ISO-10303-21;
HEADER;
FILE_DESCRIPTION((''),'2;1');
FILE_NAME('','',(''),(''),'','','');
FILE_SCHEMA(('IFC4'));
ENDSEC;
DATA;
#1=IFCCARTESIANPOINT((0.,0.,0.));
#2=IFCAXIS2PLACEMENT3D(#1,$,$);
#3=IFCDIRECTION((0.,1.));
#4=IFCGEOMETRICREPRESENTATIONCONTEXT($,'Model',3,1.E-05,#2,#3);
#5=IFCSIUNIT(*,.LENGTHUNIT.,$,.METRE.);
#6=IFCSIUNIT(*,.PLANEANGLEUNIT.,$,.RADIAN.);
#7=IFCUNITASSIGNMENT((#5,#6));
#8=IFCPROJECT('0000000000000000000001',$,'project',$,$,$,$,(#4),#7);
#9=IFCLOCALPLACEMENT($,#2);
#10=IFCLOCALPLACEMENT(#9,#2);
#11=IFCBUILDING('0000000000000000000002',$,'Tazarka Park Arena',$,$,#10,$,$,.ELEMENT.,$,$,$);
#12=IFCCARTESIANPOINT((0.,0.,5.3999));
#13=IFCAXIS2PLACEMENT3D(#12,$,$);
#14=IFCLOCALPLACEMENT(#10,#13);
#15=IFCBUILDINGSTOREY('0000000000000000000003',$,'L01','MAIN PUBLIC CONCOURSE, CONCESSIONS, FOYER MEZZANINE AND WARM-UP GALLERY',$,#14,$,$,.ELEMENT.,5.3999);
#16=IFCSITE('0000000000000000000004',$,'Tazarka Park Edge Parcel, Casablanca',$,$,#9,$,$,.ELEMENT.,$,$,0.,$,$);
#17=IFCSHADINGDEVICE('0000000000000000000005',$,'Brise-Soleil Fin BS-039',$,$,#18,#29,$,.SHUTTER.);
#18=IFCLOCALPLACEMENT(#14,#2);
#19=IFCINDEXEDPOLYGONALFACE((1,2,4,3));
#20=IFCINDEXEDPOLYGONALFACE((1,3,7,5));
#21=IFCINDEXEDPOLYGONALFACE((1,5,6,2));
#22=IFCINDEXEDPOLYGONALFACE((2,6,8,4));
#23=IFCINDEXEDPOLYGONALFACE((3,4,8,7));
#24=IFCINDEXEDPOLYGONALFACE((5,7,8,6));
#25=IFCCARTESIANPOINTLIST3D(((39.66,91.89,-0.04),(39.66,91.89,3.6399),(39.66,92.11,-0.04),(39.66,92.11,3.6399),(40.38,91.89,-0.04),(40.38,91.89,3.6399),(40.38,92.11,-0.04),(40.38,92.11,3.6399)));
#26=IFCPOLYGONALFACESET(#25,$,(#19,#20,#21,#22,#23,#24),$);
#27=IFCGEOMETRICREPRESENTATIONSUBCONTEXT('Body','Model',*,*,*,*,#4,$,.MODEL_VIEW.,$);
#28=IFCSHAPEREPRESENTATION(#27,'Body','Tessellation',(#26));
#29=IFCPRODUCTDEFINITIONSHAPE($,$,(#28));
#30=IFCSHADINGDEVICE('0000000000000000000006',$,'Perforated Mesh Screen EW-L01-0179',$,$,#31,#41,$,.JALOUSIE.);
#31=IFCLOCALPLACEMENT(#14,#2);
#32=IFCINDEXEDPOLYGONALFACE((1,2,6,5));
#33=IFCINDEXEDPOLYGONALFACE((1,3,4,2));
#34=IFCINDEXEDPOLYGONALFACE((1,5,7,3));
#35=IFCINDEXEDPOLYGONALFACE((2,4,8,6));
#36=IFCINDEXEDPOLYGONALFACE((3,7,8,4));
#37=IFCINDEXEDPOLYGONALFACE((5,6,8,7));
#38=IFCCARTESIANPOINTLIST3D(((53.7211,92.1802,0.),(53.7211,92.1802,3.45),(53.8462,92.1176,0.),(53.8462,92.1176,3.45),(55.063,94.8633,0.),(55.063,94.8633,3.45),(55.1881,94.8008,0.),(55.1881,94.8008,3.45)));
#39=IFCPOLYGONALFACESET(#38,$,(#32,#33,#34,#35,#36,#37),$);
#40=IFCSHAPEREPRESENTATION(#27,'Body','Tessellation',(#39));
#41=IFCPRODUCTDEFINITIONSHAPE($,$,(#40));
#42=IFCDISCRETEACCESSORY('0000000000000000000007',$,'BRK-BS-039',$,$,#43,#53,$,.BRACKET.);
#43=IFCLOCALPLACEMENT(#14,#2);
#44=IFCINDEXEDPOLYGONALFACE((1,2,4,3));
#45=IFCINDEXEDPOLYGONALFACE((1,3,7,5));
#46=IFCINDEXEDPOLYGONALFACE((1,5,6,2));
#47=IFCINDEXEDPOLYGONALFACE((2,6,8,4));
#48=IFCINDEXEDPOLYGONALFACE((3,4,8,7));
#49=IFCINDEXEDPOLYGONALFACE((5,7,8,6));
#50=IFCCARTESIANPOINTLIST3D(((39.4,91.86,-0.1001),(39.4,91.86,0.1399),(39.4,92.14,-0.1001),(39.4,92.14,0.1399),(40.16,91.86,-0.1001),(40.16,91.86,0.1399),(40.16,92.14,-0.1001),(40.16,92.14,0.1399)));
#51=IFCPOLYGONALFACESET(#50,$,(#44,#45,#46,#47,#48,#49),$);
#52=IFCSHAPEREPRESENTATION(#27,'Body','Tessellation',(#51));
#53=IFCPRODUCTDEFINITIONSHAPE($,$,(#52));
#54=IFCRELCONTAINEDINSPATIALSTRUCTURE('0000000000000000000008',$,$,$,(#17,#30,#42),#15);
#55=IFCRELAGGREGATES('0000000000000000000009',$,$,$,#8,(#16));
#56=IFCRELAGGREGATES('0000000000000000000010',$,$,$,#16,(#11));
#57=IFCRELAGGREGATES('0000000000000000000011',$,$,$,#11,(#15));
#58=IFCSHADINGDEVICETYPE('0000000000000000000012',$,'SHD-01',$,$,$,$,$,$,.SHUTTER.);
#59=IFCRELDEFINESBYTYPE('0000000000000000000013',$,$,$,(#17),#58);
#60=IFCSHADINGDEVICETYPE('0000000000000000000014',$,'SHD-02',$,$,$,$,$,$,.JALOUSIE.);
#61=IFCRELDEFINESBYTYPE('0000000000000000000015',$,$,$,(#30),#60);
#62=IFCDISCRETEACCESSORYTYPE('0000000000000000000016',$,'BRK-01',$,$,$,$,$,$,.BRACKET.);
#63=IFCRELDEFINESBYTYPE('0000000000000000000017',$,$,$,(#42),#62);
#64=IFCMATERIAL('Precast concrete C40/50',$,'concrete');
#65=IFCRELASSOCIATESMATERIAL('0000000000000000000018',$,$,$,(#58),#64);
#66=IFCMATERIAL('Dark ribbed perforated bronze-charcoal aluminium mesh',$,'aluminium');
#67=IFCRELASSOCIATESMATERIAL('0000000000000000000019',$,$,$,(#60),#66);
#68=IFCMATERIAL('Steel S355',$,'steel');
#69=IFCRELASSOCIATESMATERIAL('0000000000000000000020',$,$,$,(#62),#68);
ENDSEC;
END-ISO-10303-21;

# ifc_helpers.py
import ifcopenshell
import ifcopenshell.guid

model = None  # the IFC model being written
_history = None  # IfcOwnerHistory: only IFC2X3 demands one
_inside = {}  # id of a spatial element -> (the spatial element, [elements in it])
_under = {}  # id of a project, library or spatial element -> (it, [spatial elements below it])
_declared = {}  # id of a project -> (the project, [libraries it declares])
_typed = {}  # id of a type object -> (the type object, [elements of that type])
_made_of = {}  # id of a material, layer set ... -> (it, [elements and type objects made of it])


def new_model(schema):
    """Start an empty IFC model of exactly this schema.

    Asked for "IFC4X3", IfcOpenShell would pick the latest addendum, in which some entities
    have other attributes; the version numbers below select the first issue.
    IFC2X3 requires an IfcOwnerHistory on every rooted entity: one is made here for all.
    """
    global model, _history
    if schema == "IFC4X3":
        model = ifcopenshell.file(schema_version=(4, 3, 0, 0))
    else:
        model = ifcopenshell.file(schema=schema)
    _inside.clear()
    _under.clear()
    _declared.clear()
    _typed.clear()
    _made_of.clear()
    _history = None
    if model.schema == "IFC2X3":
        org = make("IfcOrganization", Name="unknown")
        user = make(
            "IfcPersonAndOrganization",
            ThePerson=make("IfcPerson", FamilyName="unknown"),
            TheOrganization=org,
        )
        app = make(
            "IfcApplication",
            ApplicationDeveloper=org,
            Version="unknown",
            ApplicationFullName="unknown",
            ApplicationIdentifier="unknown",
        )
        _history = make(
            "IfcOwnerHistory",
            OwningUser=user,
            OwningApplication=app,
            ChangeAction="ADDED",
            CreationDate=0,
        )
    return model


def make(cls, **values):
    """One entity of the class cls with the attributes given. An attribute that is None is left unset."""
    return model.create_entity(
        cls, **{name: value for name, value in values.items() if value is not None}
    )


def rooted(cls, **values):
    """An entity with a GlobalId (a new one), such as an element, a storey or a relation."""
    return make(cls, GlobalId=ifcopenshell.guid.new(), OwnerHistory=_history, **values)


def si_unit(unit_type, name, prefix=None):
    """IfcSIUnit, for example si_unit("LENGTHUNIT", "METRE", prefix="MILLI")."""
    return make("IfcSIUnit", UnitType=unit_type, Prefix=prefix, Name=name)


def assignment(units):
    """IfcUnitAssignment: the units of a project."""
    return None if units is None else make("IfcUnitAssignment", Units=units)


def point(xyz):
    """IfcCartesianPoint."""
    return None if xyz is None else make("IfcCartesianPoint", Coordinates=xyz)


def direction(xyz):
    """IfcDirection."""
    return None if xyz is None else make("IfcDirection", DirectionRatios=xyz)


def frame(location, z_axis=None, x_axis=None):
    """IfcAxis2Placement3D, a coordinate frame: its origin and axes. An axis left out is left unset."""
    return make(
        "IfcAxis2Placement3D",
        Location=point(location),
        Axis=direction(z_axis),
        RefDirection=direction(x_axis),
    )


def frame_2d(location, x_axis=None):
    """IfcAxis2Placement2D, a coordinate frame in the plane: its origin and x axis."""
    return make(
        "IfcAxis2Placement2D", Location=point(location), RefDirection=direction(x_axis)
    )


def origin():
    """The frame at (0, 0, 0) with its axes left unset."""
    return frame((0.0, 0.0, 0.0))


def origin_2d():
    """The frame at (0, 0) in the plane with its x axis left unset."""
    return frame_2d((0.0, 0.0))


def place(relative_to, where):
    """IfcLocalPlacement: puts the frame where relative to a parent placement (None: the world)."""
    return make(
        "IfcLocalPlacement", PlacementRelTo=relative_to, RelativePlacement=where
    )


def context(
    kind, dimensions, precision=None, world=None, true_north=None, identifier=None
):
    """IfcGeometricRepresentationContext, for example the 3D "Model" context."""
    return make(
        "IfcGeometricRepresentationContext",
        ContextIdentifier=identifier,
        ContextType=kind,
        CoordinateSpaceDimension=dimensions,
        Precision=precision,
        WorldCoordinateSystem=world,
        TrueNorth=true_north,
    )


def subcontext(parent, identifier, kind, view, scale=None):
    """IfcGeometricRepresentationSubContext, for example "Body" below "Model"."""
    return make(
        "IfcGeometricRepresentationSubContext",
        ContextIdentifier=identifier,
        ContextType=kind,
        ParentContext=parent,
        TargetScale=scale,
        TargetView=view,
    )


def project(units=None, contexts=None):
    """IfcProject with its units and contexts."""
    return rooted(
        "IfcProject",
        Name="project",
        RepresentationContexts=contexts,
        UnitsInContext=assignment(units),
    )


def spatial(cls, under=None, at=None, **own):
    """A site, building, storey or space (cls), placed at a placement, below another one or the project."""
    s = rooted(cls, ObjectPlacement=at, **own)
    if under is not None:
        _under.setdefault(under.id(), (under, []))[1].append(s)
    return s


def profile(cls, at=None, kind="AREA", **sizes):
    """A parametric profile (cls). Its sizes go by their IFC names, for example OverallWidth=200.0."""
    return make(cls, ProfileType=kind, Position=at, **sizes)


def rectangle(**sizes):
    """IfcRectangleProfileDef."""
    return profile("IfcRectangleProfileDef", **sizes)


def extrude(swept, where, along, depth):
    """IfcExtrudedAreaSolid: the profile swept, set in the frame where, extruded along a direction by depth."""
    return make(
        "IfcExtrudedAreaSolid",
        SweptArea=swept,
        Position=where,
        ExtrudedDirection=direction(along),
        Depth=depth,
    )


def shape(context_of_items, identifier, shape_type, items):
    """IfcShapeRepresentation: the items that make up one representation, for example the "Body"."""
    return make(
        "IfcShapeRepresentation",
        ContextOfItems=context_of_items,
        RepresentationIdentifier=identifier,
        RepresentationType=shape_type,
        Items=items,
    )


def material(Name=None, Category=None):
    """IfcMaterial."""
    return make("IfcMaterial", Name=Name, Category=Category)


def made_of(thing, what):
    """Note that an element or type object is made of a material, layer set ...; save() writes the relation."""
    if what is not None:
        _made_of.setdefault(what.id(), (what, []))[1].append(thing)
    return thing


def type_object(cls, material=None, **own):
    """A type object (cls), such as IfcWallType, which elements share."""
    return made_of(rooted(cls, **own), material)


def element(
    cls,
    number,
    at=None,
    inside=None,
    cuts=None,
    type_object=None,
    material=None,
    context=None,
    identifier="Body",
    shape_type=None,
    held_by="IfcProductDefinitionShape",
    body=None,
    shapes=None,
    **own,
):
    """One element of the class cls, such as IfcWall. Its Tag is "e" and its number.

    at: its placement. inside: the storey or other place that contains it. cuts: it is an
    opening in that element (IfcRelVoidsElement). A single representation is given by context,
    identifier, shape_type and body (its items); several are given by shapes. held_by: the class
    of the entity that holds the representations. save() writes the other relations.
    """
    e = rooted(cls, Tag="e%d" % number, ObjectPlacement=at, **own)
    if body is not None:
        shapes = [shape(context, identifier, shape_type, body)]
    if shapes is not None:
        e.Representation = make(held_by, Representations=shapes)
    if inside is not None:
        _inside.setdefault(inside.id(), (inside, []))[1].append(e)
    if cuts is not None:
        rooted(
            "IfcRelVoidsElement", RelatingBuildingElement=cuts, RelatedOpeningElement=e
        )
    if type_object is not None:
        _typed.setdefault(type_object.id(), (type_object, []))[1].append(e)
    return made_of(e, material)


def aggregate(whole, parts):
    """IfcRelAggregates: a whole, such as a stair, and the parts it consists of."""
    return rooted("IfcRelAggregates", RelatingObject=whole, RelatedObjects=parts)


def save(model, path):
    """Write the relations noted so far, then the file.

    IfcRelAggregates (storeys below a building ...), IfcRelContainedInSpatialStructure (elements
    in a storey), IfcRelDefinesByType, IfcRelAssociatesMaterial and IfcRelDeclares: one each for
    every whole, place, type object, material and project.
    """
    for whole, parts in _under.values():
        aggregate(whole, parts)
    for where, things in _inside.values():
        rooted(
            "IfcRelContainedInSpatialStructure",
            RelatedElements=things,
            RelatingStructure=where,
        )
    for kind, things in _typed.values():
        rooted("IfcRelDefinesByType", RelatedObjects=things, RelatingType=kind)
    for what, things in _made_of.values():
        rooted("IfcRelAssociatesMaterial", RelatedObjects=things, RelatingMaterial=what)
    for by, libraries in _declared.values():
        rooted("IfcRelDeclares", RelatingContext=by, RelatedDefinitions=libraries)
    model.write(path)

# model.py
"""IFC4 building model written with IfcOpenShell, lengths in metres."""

from ifc_helpers import new_model, si_unit, direction, frame, origin, origin_2d, place, context, subcontext, project, spatial, rectangle, extrude, material, type_object, element, save


model = new_model("IFC4")

# Units and contexts
model_context = context("Model", 3, precision=1e-05, world=origin(), true_north=direction((0.0, 1.0)))
body_context = subcontext(model_context, "Body", "Model", "MODEL_VIEW")
ifc_project = project(units=[si_unit("LENGTHUNIT", "METRE"), si_unit("PLANEANGLEUNIT", "RADIAN")], contexts=[model_context])

# Site, building, storey
site_placement = place(None, origin())
site = spatial("IfcSite", under=ifc_project, at=site_placement, Name="Tazarka Park Edge Parcel, Casablanca", CompositionType="ELEMENT", RefElevation=0.0)
building_placement = place(site_placement, origin())
building = spatial("IfcBuilding", under=site, at=building_placement, Name="Tazarka Park Arena", CompositionType="ELEMENT")
storey_placement = place(building_placement, frame((0.0, 0.0, 5.3999)))
storey = spatial("IfcBuildingStorey", under=building, at=storey_placement, Name="L01", Description="MAIN PUBLIC CONCOURSE, CONCESSIONS, FOYER MEZZANINE AND WARM-UP GALLERY", CompositionType="ELEMENT", Elevation=5.3999)

# Shading devices
ifc_material_1 = material(Name="Precast concrete C40/50", Category="concrete")
shading_device_type_1 = type_object("IfcShadingDeviceType", Name="SHD-01", PredefinedType="SHUTTER", material=ifc_material_1)
shading_device_1_placement = place(storey_placement, frame((40.02, 92.0, -0.04), z_axis=(0.0, 0.0, 1.0), x_axis=(0.0, -1.0, 0.0)))
element("IfcShadingDevice", 1, at=shading_device_1_placement, inside=storey, type_object=shading_device_type_1, Name="Brise-Soleil Fin BS-039", PredefinedType="SHUTTER", context=body_context, shape_type="SweptSolid", body=[
    extrude(rectangle(XDim=0.22, YDim=0.72, at=origin_2d()), origin(), (0.0, 0.0, 1.0), 3.6799),
])
ifc_material_2 = material(Name="Dark ribbed perforated bronze-charcoal aluminium mesh", Category="aluminium")
shading_device_type_2 = type_object("IfcShadingDeviceType", Name="SHD-02", PredefinedType="JALOUSIE", material=ifc_material_2)
shading_device_2_placement = place(storey_placement, frame((54.4546, 93.4905, 0.0), z_axis=(0.0, 0.0, 1.0), x_axis=(0.447291, 0.894389, 0.0)))
element("IfcShadingDevice", 2, at=shading_device_2_placement, inside=storey, type_object=shading_device_type_2, Name="Perforated Mesh Screen EW-L01-0179", PredefinedType="JALOUSIE", context=body_context, shape_type="SweptSolid", body=[
    extrude(rectangle(XDim=3.0, YDim=0.1399, at=origin_2d()), origin(), (0.0, 0.0, 1.0), 3.45),
])

# Discrete accessory
ifc_material_3 = material(Name="Steel S355", Category="steel")
discrete_accessory_type = type_object("IfcDiscreteAccessoryType", Name="BRK-01", PredefinedType="BRACKET", material=ifc_material_3)
discrete_accessory_placement = place(storey_placement, frame((39.78, 92.0, -0.1001), z_axis=(0.0, 0.0, 1.0), x_axis=(0.0, -1.0, 0.0)))
element("IfcDiscreteAccessory", 3, at=discrete_accessory_placement, inside=storey, type_object=discrete_accessory_type, Name="BRK-BS-039", PredefinedType="BRACKET", context=body_context, shape_type="SweptSolid", body=[
    extrude(rectangle(XDim=0.28, YDim=0.76, at=origin_2d()), origin(), (0.0, 0.0, 1.0), 0.24),
])

save(model, "model.ifc")
